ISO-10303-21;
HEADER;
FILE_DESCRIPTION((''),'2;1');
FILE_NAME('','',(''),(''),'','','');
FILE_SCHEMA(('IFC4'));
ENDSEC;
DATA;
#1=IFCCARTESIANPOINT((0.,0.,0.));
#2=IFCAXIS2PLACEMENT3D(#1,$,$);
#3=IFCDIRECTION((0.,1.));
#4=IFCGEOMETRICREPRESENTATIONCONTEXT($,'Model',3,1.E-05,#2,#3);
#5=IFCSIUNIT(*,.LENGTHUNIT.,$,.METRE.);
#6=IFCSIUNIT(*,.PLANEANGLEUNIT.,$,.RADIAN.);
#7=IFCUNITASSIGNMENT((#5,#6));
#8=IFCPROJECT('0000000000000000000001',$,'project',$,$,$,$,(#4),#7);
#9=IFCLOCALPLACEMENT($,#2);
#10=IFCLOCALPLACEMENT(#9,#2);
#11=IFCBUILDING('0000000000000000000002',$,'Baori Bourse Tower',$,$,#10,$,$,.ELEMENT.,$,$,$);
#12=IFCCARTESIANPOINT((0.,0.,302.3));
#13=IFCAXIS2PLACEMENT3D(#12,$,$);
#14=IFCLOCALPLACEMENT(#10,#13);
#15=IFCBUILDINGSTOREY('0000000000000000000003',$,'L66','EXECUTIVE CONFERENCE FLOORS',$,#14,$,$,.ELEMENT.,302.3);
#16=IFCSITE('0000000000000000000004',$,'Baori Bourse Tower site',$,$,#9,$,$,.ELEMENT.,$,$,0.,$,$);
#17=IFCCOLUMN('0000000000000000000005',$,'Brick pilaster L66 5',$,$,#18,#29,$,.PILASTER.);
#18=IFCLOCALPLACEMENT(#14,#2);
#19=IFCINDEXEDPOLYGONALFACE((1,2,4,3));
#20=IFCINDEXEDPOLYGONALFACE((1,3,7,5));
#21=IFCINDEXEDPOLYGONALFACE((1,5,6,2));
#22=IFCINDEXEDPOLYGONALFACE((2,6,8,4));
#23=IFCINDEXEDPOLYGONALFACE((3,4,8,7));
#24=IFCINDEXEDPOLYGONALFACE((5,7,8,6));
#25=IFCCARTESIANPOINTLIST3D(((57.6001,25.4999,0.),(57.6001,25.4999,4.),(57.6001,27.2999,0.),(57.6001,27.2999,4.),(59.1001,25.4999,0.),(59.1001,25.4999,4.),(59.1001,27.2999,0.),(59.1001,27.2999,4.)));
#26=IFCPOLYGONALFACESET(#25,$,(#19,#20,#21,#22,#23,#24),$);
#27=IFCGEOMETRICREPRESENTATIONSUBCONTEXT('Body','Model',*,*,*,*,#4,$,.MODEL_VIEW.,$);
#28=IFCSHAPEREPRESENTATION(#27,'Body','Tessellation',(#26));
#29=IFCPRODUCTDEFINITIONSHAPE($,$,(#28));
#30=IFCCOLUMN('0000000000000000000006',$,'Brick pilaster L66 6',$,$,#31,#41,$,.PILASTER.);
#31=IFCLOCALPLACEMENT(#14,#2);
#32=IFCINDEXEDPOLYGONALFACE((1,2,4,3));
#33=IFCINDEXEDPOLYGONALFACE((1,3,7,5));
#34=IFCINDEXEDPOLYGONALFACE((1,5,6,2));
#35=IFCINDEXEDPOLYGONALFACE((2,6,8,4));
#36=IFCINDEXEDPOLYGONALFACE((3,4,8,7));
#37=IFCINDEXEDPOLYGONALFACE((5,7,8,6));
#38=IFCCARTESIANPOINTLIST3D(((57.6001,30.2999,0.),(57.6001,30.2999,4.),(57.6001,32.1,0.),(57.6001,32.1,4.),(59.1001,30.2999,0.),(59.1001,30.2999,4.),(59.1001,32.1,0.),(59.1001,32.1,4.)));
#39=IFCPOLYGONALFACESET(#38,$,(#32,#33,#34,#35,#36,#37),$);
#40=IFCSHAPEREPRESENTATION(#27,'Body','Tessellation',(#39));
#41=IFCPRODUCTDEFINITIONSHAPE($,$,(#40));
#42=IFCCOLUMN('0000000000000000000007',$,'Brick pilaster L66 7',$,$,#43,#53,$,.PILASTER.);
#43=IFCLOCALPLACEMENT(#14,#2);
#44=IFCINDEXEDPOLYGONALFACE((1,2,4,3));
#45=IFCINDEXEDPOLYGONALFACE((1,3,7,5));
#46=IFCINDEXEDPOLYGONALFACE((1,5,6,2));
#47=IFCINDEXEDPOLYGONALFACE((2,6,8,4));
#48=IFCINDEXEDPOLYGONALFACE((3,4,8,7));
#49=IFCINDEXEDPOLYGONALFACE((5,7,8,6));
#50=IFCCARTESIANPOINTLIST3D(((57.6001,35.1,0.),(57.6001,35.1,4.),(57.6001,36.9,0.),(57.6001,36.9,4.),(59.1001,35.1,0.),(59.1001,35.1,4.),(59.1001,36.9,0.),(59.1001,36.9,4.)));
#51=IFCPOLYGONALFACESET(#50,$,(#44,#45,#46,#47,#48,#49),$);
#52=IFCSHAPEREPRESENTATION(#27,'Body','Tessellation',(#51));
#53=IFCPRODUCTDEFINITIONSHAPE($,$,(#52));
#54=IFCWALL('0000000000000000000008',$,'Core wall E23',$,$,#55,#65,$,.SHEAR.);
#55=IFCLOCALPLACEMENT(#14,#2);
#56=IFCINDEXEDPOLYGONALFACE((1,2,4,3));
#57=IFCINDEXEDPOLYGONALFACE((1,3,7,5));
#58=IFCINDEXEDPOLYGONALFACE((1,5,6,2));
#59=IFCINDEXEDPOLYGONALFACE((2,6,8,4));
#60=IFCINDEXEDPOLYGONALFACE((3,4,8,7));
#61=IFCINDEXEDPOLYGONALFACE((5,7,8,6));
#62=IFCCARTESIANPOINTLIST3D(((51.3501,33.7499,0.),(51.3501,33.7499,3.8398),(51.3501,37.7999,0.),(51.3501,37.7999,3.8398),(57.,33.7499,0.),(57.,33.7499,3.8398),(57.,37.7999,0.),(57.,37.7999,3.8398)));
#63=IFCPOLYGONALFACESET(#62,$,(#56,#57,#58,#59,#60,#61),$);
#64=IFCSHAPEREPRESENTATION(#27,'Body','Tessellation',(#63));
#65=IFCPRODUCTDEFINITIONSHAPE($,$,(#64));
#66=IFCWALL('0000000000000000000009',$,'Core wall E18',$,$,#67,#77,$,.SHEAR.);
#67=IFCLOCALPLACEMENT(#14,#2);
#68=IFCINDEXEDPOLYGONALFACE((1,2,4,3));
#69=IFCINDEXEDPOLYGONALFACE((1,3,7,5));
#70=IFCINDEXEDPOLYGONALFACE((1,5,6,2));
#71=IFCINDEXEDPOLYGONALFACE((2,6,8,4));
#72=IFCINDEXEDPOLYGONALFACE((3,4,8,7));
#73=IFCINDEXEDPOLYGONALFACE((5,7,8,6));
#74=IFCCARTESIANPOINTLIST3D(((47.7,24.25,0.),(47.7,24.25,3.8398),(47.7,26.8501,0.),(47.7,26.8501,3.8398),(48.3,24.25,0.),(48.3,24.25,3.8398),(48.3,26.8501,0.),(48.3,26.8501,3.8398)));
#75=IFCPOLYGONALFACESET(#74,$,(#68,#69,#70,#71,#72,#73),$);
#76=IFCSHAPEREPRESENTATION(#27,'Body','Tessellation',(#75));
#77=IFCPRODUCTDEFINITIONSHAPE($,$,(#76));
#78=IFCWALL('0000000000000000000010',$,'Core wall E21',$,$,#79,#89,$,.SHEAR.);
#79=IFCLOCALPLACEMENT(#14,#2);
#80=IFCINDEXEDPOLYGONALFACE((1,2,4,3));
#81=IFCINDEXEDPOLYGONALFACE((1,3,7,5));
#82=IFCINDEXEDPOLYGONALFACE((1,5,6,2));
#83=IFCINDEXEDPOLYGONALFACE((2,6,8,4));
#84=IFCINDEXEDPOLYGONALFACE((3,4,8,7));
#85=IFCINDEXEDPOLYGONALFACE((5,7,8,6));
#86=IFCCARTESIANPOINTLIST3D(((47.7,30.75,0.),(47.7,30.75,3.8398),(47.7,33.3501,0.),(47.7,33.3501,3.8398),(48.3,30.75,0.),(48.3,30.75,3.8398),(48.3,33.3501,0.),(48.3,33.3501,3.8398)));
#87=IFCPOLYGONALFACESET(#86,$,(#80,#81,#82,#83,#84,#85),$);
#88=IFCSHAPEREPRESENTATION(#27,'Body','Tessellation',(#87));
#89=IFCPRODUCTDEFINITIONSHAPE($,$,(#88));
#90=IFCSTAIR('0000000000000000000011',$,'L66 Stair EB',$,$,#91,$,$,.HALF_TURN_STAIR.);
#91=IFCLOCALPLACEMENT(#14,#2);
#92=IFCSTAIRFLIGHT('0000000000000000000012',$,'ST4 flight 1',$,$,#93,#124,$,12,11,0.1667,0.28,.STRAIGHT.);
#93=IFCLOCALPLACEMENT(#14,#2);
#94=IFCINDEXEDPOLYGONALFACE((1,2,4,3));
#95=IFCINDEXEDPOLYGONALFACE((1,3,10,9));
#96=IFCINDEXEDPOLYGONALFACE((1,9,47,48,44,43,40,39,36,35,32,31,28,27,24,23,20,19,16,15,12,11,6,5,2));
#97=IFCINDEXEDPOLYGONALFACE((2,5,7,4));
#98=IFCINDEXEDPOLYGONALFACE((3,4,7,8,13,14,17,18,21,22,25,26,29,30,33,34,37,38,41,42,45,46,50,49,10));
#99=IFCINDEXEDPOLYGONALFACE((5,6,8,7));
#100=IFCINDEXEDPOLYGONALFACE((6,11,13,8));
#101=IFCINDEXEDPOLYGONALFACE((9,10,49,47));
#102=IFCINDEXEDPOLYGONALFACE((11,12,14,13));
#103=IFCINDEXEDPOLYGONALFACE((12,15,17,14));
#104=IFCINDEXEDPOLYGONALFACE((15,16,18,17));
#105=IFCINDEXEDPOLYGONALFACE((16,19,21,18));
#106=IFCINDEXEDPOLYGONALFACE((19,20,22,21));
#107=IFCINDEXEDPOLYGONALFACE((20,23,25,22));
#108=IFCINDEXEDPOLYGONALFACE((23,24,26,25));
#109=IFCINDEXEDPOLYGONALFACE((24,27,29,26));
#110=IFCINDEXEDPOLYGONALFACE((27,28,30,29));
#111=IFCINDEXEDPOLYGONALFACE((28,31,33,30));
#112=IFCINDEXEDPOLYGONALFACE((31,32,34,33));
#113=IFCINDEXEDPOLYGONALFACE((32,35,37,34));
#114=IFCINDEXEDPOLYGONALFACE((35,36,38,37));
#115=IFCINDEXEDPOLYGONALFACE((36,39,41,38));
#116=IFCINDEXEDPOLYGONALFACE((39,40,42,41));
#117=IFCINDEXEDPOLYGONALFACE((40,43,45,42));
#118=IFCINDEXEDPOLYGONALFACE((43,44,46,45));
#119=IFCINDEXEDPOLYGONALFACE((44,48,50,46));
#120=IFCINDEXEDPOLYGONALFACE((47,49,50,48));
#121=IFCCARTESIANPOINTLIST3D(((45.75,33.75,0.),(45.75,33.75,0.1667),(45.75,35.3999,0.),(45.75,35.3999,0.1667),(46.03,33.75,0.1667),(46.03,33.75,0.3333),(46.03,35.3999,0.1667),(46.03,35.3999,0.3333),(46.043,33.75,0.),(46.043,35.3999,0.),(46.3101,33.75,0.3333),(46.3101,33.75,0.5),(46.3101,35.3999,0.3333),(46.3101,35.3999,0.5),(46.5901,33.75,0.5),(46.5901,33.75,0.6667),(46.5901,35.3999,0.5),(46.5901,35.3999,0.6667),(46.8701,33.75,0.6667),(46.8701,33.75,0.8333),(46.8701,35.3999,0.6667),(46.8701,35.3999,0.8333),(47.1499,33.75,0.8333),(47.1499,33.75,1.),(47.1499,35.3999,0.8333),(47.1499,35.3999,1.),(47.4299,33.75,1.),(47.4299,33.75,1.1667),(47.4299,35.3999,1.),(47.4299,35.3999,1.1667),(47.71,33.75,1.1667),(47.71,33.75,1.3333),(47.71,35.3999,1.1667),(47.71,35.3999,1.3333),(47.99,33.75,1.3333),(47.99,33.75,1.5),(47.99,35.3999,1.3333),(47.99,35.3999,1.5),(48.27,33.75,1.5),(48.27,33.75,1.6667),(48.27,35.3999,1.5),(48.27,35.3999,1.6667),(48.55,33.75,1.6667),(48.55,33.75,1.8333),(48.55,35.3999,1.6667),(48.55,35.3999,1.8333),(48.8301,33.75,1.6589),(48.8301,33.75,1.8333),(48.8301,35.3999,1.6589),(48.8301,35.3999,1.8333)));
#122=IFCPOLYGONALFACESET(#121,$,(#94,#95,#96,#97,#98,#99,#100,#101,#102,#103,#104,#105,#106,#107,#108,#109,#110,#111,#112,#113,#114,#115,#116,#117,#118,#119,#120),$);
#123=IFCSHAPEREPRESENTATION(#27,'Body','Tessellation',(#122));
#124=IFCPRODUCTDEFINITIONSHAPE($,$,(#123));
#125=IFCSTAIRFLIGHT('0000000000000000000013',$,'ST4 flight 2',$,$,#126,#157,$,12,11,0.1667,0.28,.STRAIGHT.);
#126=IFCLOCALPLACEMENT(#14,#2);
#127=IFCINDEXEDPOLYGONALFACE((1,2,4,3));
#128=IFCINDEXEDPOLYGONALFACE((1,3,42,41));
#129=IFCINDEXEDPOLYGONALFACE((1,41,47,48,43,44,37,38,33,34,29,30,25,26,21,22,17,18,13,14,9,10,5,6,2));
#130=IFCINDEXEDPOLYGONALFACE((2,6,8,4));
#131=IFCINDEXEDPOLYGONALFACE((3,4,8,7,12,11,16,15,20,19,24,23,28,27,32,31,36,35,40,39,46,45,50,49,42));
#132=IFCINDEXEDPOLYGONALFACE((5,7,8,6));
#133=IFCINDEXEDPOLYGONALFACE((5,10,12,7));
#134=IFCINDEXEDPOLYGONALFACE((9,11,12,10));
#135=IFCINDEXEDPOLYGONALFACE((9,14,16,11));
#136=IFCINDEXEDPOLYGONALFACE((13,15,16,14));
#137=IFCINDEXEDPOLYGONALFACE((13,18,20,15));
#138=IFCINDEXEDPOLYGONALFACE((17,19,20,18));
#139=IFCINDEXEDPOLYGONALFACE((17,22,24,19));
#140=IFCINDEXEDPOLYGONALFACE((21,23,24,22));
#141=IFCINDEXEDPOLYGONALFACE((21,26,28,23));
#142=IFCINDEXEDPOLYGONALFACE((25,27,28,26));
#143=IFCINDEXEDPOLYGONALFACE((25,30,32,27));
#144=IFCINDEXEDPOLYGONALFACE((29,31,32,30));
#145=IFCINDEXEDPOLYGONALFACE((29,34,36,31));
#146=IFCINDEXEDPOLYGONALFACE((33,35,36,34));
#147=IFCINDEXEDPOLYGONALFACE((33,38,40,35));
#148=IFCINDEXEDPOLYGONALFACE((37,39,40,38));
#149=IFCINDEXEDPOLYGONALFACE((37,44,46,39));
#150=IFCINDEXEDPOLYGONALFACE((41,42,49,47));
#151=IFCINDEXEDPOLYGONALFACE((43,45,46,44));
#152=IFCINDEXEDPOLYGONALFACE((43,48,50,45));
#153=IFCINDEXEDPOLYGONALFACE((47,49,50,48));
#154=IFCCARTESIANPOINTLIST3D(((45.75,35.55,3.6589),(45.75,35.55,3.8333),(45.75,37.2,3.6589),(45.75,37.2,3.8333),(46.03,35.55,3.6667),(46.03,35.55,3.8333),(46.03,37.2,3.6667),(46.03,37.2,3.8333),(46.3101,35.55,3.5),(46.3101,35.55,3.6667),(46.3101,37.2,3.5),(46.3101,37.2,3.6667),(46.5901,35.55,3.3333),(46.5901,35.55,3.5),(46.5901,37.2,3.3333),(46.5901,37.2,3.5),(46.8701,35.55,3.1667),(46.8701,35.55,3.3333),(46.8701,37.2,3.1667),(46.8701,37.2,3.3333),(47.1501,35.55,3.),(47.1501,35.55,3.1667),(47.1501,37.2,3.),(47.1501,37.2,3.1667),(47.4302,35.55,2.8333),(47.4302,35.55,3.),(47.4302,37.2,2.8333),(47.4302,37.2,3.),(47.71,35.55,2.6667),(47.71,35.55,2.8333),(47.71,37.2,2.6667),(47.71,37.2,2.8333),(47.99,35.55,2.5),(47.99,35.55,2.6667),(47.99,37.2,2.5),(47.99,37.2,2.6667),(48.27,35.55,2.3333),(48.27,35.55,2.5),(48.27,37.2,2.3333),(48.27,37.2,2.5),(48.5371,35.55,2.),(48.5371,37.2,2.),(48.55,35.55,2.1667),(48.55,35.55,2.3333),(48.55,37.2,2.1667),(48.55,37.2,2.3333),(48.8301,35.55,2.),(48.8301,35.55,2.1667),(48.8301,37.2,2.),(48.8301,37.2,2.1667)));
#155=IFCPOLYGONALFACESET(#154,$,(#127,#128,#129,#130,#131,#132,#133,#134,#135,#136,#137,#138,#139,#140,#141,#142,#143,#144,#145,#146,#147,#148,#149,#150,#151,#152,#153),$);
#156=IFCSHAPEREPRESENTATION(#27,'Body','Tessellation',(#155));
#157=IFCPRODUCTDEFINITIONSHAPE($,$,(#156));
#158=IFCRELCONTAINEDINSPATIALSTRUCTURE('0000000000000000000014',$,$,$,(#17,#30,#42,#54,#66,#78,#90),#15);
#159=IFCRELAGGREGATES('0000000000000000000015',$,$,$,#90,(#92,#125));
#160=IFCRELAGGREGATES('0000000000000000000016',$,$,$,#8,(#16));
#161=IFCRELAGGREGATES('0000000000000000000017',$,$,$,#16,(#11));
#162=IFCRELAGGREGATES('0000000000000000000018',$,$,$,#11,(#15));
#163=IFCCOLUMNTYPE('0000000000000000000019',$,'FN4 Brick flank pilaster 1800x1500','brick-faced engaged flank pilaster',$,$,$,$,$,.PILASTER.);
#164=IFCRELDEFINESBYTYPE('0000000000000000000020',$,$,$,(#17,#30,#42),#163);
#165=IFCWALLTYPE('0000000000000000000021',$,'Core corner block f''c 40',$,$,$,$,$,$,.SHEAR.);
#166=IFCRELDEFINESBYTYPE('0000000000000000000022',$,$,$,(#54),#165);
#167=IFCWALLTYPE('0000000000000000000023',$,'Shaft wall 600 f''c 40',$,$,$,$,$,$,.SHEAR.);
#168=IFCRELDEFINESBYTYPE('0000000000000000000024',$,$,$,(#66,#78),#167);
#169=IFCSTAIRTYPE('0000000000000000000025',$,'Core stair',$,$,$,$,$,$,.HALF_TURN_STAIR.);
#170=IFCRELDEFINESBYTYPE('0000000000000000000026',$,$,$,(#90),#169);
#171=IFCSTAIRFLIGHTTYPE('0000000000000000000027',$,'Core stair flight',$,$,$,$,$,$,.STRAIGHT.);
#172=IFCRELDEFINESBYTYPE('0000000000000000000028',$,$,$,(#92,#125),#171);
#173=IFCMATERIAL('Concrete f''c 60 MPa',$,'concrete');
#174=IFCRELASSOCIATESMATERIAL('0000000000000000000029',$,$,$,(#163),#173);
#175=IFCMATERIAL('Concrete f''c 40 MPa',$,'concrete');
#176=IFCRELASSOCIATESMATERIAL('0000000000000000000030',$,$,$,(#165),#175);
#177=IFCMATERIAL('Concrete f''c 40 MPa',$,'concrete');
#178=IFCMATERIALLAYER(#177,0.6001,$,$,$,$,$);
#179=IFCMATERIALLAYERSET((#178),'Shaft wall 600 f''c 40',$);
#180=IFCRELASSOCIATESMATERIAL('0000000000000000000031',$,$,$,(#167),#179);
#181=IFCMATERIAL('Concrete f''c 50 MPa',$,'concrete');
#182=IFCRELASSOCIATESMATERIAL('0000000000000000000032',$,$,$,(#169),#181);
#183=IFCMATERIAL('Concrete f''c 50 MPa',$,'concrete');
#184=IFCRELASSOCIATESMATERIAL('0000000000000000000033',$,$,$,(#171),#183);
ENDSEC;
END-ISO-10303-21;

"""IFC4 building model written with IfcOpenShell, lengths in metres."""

from ifc_helpers import new_model, si_unit, direction, frame, frame_2d, origin, origin_2d, place, context, subcontext, project, spatial, polyline, rectangle, outline, extrude, material, layer, layer_set, material_profile, profile_set, type_object, element, aggregate, save


model = new_model("IFC4")

# Units and contexts
model_context = context("Model", 3, precision=1e-05, world=origin(), true_north=direction((0.0, 1.0)))
body_context = subcontext(model_context, "Body", "Model", "MODEL_VIEW")
ifc_project = project(units=[si_unit("LENGTHUNIT", "METRE"), si_unit("PLANEANGLEUNIT", "RADIAN")], contexts=[model_context])

# Site, building, storey
site_placement = place(None, origin())
site = spatial("IfcSite", under=ifc_project, at=site_placement, Name="Baori Bourse Tower site", CompositionType="ELEMENT", RefElevation=0.0)
building_placement = place(site_placement, origin())
building = spatial("IfcBuilding", under=site, at=building_placement, Name="Baori Bourse Tower", CompositionType="ELEMENT")
storey_placement = place(building_placement, frame((0.0, 0.0, 302.3)))
storey = spatial("IfcBuildingStorey", under=building, at=storey_placement, Name="L66", Description="EXECUTIVE CONFERENCE FLOORS", CompositionType="ELEMENT", Elevation=302.3)

# Columns
ifc_material_1 = material(Name="Concrete f'c 60 MPa", Category="concrete")
ifc_material_profile = material_profile(ifc_material_1, rectangle(XDim=1.8, YDim=1.5, at=origin_2d()), Name="RC 1800x1500")
ifc_profile_set = profile_set([ifc_material_profile], Name="Concrete f'c 60 MPa")
column_type = type_object("IfcColumnType", Name="FN4 Brick flank pilaster 1800x1500", Description="brick-faced engaged flank pilaster", PredefinedType="PILASTER", material=ifc_profile_set)
for number, where, z_axis, x_axis, name in (
    (1, (58.3501, 26.3999, 0.0), (0.0, 0.0, 1.0), (0.0, 1.0, 0.0), "Brick pilaster L66 5"),
    (2, (58.3501, 31.2, 0.0), (0.0, 0.0, 1.0), (0.0, 1.0, 0.0), "Brick pilaster L66 6"),
    (3, (58.3501, 36.0, 0.0), (0.0, 0.0, 1.0), (0.0, 1.0, 0.0), "Brick pilaster L66 7"),
):
    element("IfcColumn", number, at=place(storey_placement, frame(where, z_axis=z_axis, x_axis=x_axis)), inside=storey, type_object=column_type, Name=name, PredefinedType="PILASTER", context=body_context, shape_type="SweptSolid", body=[
        extrude(rectangle(XDim=1.8, YDim=1.5, at=origin_2d()), origin(), (0.0, 0.0, 1.0), 4.0),
    ])

# Walls
ifc_material_2 = material(Name="Concrete f'c 40 MPa", Category="concrete")
wall_type_1 = type_object("IfcWallType", Name="Core corner block f'c 40", PredefinedType="SHEAR", material=ifc_material_2)
wall_placement = place(storey_placement, frame((51.3501, 35.7749, 0.0), z_axis=(0.0, 0.0, 1.0), x_axis=(1.0, 0.0, 0.0)))
element("IfcWall", 4, at=wall_placement, inside=storey, type_object=wall_type_1, Name="Core wall E23", PredefinedType="SHEAR", context=body_context, shape_type="SweptSolid", body=[
    extrude(rectangle(XDim=5.6499, YDim=4.05, at=frame_2d((2.825, 0.0))), origin(), (0.0, 0.0, 1.0), 3.8398),
])
ifc_material_3 = material(Name="Concrete f'c 40 MPa", Category="concrete")
ifc_layer = layer(ifc_material_3, 0.6001)
ifc_layer_set = layer_set([ifc_layer], Name="Shaft wall 600 f'c 40")
wall_type_2 = type_object("IfcWallType", Name="Shaft wall 600 f'c 40", PredefinedType="SHEAR", material=ifc_layer_set)
for number, where, z_axis, x_axis, name in (
    (5, (48.0, 24.25, 0.0), (0.0, 0.0, 1.0), (0.0, 1.0, 0.0), "Core wall E18"),
    (6, (48.0, 30.75, 0.0), (0.0, 0.0, 1.0), (0.0, 1.0, 0.0), "Core wall E21"),
):
    element("IfcWall", number, at=place(storey_placement, frame(where, z_axis=z_axis, x_axis=x_axis)), inside=storey, type_object=wall_type_2, Name=name, PredefinedType="SHEAR", context=body_context, shape_type="SweptSolid", body=[
        extrude(rectangle(XDim=2.6001, YDim=0.6001, at=frame_2d((1.3, 0.0))), origin(), (0.0, 0.0, 1.0), 3.8398),
    ])

# Stair, stair flights
ifc_material_4 = material(Name="Concrete f'c 50 MPa", Category="concrete")
stair_type = type_object("IfcStairType", Name="Core stair", PredefinedType="HALF_TURN_STAIR", material=ifc_material_4)
stair_placement = place(storey_placement, origin())
stair = element("IfcStair", 7, at=stair_placement, inside=storey, type_object=stair_type, Name="L66 Stair EB", PredefinedType="HALF_TURN_STAIR")
ifc_material_5 = material(Name="Concrete f'c 50 MPa", Category="concrete")
stair_flight_type = type_object("IfcStairFlightType", Name="Core stair flight", PredefinedType="STRAIGHT", material=ifc_material_5)
stair_flight_1_placement = place(storey_placement, frame((45.75, 34.575, 0.0), z_axis=(0.0, 0.0, 1.0), x_axis=(1.0, 0.0, 0.0)))
stair_flight_1 = element("IfcStairFlight", 8, at=stair_flight_1_placement, type_object=stair_flight_type, Name="ST4 flight 1", NumberOfRisers=12, NumberOfTreads=11, PredefinedType="STRAIGHT", RiserHeight=0.1667, TreadLength=0.28, context=body_context, shape_type="SweptSolid", body=[
    extrude(outline(polyline([(0.0, 0.0), (0.0, 0.1667), (0.28, 0.1667), (0.28, 0.3333), (0.5601, 0.3333), (0.5601, 0.5), (0.8401, 0.5), (0.8401, 0.6667), (1.1201, 0.6667), (1.1201, 0.8333), (1.3999, 0.8333), (1.3999, 1.0), (1.6799, 1.0), (1.6799, 1.1667), (1.96, 1.1667), (1.96, 1.3333), (2.24, 1.3333), (2.24, 1.5), (2.52, 1.5), (2.52, 1.6667), (2.8, 1.6667), (2.8, 1.8333), (3.0801, 1.8333), (3.0801, 2.0), (3.0801, 1.6589), (0.293, 0.0), (0.0, 0.0)])), frame((0.0, 0.825, 0.0), z_axis=(0.0, -1.0, 0.0), x_axis=(1.0, 0.0, 0.0)), (0.0, 0.0, 1.0), 1.6499),
])
stair_flight_2_placement = place(storey_placement, frame((48.8301, 36.375, 2.0), z_axis=(0.0, 0.0, 1.0), x_axis=(-1.0, 0.0, 0.0)))
stair_flight_2 = element("IfcStairFlight", 9, at=stair_flight_2_placement, type_object=stair_flight_type, Name="ST4 flight 2", NumberOfRisers=12, NumberOfTreads=11, PredefinedType="STRAIGHT", RiserHeight=0.1667, TreadLength=0.28, context=body_context, shape_type="SweptSolid", body=[
    extrude(outline(polyline([(0.0, 0.0), (0.0, 0.1667), (0.28, 0.1667), (0.28, 0.3333), (0.5601, 0.3333), (0.5601, 0.5), (0.8401, 0.5), (0.8401, 0.6667), (1.1201, 0.6667), (1.1201, 0.8333), (1.3999, 0.8333), (1.3999, 1.0), (1.6799, 1.0), (1.6799, 1.1667), (1.96, 1.1667), (1.96, 1.3333), (2.24, 1.3333), (2.24, 1.5), (2.52, 1.5), (2.52, 1.6667), (2.8, 1.6667), (2.8, 1.8333), (3.0801, 1.8333), (3.0801, 2.0), (3.0801, 1.6589), (0.293, 0.0), (0.0, 0.0)])), frame((0.0, 0.825, 0.0), z_axis=(0.0, -1.0, 0.0), x_axis=(1.0, 0.0, 0.0)), (0.0, 0.0, 1.0), 1.6499),
])
aggregate(stair, [stair_flight_1, stair_flight_2])

save(model, "model.ifc")
